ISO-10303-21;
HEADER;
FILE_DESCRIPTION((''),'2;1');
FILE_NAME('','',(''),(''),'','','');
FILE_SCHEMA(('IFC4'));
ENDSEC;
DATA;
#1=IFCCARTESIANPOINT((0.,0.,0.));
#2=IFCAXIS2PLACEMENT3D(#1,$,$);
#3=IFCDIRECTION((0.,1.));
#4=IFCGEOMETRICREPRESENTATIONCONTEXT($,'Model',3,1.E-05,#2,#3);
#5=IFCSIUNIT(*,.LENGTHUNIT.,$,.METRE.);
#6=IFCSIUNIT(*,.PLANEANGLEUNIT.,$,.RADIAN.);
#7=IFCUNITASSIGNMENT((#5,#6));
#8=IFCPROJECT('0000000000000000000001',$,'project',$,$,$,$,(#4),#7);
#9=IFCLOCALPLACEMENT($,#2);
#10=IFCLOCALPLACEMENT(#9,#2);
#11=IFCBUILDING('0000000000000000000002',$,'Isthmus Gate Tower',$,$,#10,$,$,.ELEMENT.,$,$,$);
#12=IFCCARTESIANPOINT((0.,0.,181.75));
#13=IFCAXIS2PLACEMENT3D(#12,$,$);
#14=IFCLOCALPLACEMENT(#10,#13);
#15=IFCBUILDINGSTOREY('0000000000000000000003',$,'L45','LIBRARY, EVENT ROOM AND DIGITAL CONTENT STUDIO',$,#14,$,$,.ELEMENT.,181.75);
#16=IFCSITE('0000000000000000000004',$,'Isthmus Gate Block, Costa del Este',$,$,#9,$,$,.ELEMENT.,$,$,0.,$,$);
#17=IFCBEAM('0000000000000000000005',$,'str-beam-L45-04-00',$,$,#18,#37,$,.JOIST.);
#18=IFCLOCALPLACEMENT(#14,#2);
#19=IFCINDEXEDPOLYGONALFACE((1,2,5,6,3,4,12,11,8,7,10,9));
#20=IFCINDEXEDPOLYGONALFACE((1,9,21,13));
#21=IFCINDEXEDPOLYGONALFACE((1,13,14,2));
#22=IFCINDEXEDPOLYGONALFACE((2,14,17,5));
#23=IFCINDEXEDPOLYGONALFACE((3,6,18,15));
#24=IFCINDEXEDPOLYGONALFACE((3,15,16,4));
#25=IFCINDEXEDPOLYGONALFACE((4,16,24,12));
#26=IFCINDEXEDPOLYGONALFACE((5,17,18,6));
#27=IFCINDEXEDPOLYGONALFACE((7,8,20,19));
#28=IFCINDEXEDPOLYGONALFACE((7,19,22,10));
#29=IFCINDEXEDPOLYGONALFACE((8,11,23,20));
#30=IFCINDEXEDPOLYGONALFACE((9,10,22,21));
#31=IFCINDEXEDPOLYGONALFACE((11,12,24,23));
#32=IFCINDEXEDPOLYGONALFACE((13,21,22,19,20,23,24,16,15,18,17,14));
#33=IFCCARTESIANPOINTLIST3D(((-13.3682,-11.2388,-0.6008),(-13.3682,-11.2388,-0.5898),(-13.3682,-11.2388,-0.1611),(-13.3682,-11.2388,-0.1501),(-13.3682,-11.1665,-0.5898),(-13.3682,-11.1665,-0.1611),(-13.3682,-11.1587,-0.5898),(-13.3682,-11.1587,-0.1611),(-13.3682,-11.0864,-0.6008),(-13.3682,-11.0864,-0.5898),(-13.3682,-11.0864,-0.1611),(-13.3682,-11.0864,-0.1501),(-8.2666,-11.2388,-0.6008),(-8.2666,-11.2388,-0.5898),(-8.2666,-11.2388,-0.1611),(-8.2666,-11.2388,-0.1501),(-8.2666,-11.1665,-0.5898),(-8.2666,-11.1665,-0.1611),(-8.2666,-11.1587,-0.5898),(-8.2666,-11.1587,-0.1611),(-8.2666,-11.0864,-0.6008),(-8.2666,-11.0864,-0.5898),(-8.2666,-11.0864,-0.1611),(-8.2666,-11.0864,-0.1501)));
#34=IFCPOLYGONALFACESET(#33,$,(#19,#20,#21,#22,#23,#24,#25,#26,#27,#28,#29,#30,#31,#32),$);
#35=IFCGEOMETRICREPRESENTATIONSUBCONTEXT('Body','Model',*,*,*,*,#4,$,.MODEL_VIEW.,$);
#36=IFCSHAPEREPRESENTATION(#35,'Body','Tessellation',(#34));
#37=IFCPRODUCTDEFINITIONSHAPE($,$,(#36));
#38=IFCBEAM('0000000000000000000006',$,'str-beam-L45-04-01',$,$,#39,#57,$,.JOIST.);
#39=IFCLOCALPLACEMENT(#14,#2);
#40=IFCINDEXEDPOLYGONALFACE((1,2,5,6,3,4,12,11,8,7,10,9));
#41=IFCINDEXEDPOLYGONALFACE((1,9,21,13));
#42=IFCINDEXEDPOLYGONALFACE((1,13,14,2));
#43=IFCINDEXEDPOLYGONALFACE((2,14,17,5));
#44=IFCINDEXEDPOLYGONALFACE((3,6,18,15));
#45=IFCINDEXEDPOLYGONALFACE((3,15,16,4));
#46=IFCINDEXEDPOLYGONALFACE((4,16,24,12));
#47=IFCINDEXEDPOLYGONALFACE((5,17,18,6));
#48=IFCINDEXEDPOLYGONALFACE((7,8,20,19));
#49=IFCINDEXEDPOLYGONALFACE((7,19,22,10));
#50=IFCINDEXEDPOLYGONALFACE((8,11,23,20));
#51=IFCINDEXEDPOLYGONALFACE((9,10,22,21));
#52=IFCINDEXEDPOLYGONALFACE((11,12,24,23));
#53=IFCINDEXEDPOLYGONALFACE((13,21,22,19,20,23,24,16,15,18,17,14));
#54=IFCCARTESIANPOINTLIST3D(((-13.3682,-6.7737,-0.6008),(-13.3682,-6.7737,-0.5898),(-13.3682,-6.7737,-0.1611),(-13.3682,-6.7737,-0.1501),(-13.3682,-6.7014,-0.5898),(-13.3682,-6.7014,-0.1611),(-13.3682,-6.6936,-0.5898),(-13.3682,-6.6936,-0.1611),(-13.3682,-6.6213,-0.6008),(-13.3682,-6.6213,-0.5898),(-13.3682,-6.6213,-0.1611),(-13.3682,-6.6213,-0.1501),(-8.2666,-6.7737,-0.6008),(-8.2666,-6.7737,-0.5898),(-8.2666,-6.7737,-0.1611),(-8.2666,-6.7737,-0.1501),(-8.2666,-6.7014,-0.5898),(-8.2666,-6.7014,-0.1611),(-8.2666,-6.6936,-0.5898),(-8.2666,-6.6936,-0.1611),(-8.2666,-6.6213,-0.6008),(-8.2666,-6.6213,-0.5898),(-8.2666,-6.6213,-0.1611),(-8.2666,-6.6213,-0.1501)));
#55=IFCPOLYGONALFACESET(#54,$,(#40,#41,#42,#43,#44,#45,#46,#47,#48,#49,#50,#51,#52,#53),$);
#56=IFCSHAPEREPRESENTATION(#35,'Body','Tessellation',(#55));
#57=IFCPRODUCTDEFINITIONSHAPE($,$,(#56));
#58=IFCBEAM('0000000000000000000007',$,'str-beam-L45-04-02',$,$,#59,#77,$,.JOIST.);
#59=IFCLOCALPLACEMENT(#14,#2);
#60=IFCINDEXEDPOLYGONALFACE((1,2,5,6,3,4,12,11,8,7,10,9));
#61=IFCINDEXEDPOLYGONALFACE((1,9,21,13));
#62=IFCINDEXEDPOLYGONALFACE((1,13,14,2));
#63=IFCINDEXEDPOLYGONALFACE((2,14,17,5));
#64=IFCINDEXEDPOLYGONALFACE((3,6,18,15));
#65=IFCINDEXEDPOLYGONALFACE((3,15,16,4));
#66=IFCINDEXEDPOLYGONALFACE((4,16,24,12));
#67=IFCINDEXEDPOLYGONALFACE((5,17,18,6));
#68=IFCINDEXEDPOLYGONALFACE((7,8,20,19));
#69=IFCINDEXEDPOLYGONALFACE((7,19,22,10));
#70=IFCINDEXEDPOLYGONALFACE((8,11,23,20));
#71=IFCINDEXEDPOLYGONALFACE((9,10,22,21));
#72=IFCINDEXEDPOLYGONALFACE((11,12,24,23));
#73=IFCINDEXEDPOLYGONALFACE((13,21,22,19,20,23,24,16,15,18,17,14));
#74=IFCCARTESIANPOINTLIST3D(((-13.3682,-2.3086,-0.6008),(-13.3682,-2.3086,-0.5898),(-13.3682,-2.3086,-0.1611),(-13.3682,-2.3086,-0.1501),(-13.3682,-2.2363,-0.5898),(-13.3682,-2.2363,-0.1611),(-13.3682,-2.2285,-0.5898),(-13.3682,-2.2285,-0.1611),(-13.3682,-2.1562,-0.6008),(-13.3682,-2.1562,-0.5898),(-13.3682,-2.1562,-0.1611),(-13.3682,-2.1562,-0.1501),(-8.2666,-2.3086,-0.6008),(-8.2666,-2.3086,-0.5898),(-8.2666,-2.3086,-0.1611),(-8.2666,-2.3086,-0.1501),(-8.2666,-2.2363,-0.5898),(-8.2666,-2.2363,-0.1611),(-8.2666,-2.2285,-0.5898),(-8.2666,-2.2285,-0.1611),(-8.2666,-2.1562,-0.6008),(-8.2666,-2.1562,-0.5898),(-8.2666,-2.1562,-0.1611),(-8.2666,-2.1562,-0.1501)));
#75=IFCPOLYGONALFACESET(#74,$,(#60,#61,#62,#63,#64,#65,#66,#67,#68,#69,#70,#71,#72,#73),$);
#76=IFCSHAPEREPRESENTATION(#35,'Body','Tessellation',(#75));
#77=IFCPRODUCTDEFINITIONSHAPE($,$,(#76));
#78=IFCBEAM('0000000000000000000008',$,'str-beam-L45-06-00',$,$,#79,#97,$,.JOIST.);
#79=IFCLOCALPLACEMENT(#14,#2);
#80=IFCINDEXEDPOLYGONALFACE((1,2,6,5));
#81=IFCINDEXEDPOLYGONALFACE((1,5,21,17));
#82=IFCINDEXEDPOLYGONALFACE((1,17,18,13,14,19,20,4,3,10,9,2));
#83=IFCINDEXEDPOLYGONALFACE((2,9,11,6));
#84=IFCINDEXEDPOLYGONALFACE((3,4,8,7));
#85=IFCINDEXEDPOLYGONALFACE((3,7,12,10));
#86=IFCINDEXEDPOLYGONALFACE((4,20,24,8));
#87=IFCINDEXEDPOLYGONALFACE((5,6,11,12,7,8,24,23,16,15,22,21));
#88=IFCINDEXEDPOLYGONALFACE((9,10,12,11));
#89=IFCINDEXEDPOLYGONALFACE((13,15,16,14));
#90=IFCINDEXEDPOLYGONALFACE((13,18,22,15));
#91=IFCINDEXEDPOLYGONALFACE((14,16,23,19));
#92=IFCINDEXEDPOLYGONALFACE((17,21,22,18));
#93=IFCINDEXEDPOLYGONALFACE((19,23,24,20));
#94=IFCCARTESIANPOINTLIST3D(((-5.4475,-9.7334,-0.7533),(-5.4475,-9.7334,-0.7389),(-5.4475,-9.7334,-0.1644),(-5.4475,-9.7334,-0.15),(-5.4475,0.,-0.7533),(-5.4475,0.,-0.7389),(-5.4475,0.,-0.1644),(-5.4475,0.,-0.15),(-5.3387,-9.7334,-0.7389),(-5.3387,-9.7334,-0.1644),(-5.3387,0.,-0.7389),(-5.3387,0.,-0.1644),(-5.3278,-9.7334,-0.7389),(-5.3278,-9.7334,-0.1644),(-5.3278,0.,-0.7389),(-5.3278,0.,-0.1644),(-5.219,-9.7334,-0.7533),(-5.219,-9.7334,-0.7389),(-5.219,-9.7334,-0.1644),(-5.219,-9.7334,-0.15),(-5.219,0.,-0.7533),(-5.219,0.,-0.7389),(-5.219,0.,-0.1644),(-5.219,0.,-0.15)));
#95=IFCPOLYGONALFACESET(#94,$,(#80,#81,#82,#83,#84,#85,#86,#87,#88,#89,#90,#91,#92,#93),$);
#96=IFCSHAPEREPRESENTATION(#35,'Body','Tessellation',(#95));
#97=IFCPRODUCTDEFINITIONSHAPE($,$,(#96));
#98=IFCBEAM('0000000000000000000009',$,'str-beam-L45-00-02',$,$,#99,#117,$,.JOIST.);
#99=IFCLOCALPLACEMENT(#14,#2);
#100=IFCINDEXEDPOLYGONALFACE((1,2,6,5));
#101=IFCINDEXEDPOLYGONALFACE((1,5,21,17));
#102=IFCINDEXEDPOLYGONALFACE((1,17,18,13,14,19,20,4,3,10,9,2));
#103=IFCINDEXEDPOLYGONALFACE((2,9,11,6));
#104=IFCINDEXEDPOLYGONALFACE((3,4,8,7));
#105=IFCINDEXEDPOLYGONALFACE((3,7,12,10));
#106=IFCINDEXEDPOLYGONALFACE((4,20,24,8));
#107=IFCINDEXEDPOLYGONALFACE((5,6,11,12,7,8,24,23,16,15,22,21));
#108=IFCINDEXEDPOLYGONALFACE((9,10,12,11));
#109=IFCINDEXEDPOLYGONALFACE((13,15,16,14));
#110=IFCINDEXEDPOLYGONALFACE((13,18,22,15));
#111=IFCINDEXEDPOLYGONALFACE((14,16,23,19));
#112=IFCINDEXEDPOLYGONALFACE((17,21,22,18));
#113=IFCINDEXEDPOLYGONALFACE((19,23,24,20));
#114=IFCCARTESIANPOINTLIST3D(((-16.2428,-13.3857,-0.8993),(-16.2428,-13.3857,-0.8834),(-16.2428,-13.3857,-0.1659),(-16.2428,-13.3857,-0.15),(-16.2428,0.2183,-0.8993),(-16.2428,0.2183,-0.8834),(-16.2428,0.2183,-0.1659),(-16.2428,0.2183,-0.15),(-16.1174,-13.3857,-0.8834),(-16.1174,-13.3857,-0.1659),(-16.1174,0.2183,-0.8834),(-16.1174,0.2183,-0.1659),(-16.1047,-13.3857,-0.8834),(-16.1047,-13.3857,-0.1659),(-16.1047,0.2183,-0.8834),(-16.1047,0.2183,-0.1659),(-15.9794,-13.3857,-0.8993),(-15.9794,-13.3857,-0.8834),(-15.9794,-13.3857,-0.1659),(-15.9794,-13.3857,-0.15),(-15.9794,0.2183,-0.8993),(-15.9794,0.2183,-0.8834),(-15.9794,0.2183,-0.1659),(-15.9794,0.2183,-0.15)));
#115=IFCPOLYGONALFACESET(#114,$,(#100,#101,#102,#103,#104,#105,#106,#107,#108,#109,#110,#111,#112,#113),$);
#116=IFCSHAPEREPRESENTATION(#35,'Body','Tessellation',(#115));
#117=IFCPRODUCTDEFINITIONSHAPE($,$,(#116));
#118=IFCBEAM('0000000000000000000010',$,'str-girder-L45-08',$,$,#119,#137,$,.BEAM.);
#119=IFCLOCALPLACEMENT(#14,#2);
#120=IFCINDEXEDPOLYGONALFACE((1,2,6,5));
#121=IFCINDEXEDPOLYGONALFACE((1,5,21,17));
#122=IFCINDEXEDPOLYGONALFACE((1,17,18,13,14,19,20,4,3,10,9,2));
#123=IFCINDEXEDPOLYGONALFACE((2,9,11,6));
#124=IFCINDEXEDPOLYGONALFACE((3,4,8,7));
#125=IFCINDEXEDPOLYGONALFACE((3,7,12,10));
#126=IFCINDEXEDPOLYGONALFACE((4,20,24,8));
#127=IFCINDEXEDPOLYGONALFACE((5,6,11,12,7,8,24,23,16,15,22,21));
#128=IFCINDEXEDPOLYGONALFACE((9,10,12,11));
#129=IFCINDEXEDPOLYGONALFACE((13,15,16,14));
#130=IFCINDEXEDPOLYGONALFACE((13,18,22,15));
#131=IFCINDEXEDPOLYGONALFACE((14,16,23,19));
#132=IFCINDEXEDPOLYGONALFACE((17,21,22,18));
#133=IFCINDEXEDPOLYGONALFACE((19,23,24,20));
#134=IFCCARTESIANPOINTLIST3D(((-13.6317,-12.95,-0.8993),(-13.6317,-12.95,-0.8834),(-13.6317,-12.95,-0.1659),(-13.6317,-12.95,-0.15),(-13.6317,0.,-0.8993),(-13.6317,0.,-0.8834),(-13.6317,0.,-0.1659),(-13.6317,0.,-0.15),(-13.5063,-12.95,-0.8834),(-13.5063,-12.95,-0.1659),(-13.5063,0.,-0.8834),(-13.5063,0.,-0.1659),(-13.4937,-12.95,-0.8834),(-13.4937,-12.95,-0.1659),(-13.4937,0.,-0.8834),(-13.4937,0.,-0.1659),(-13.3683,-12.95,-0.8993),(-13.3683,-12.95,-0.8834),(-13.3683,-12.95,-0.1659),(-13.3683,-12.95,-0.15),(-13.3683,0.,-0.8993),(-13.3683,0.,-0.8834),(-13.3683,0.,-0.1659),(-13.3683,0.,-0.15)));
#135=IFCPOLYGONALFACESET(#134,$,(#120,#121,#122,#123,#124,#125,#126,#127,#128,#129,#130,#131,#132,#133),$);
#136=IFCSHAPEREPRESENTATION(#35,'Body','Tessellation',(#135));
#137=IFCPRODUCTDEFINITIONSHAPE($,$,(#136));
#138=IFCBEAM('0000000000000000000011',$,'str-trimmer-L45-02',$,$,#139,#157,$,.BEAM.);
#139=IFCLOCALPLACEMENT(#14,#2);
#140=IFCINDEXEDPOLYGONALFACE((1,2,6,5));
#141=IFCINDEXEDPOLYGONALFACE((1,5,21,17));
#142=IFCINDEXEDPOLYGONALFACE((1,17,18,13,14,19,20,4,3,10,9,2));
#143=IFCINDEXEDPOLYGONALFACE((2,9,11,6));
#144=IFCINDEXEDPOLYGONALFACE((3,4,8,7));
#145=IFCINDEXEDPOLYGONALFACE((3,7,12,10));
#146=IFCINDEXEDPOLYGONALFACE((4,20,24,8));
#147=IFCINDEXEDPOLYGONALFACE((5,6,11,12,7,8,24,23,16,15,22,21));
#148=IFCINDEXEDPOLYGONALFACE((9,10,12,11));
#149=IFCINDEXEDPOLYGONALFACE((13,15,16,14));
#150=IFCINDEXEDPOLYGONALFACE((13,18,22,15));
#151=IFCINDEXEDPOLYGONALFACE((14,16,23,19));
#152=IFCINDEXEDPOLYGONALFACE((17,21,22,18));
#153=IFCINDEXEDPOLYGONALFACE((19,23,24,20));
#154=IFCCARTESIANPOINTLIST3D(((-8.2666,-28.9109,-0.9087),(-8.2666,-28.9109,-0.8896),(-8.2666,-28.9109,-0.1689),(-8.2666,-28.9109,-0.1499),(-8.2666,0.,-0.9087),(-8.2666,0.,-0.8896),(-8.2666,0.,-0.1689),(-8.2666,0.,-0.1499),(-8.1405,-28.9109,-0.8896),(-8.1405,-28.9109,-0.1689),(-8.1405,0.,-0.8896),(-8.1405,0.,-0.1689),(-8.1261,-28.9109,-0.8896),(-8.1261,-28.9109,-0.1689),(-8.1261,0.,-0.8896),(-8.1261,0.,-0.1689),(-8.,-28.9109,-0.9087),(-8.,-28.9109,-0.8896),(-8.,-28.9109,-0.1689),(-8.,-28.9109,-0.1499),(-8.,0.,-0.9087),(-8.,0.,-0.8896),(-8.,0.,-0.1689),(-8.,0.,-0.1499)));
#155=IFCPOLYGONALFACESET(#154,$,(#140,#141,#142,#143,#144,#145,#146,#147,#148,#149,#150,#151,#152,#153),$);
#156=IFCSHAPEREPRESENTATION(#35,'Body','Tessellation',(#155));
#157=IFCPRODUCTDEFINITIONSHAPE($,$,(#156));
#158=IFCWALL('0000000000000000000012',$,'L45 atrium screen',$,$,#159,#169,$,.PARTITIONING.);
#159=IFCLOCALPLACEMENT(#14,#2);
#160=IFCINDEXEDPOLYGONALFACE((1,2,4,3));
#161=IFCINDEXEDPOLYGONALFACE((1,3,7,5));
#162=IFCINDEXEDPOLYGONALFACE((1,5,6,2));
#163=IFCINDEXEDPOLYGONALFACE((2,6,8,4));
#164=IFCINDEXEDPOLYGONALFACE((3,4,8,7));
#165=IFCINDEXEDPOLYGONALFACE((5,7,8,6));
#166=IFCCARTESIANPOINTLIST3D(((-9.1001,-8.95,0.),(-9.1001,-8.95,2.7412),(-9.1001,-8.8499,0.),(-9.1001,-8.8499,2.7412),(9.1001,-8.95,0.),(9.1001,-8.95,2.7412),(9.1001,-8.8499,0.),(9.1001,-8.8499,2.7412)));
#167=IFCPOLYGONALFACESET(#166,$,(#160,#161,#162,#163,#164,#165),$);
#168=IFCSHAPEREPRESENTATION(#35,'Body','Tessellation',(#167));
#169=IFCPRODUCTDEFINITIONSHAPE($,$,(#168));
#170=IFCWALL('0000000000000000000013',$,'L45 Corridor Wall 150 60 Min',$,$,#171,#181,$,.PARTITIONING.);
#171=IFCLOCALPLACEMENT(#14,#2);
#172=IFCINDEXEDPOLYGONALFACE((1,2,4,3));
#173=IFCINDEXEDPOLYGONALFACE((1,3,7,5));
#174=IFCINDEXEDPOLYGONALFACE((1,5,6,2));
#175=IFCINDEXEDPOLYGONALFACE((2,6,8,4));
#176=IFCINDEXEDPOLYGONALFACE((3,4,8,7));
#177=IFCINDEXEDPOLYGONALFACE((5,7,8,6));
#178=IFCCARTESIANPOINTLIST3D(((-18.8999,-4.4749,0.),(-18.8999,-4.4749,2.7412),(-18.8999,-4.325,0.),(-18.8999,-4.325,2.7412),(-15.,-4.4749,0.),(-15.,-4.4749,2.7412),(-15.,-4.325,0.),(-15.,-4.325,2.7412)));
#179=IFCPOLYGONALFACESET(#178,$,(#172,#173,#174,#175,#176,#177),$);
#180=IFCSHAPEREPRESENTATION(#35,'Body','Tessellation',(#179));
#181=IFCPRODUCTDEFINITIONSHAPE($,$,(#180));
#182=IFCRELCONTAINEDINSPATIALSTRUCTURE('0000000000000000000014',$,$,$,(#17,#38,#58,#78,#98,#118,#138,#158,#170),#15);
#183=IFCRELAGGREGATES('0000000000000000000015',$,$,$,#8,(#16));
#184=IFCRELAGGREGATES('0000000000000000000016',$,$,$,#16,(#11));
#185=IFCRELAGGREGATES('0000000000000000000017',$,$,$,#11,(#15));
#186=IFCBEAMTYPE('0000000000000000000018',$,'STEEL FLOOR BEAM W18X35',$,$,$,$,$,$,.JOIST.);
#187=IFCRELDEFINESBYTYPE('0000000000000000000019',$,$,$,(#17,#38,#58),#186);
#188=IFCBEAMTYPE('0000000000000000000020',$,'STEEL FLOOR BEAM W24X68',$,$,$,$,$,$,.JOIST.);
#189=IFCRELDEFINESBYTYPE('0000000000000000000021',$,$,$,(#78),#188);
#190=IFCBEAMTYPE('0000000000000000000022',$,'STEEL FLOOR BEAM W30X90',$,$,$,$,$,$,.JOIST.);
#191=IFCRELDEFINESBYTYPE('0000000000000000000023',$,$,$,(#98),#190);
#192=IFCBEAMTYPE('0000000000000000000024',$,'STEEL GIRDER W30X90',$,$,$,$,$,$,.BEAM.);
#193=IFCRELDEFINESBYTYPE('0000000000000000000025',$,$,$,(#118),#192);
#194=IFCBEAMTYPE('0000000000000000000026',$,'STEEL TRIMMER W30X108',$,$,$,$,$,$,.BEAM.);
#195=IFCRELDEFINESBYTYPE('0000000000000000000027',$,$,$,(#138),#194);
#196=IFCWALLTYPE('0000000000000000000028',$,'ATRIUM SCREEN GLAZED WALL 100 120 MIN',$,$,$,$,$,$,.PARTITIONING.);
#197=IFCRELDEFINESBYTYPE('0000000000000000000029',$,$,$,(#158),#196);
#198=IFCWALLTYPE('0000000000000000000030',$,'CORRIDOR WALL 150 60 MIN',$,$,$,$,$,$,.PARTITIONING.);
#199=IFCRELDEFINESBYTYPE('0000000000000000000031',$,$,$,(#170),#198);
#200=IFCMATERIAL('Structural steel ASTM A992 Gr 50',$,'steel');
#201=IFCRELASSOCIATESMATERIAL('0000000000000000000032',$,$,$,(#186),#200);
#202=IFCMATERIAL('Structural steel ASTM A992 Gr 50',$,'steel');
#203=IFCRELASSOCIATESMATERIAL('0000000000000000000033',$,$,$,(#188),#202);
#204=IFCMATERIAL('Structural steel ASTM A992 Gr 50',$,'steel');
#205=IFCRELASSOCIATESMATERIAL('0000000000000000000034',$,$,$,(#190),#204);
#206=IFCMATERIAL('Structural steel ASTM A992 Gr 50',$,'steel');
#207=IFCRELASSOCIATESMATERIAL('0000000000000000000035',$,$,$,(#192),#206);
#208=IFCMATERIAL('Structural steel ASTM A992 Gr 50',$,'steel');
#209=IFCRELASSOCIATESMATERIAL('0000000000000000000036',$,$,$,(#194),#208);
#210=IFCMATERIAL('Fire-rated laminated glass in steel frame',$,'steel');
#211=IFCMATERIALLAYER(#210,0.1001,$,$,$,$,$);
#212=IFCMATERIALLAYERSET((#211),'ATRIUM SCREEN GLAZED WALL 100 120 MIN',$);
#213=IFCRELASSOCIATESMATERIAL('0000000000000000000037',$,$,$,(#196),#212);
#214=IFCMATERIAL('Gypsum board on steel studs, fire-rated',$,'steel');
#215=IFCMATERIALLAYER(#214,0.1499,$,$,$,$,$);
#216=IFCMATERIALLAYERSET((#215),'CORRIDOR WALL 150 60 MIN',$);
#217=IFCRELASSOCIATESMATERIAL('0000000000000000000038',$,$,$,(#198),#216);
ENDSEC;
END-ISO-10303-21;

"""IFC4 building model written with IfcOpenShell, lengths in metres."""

from ifc_helpers import new_model, si_unit, direction, frame, frame_2d, origin, origin_2d, place, context, subcontext, project, spatial, rectangle, i_section, extrude, material, layer, layer_set, material_profile, profile_set, type_object, element, save


model = new_model("IFC4")

# Units and contexts
model_context = context("Model", 3, precision=1e-05, world=origin(), true_north=direction((0.0, 1.0)))
body_context = subcontext(model_context, "Body", "Model", "MODEL_VIEW")
ifc_project = project(units=[si_unit("LENGTHUNIT", "METRE"), si_unit("PLANEANGLEUNIT", "RADIAN")], contexts=[model_context])

# Site, building, storey
site_placement = place(None, origin())
site = spatial("IfcSite", under=ifc_project, at=site_placement, Name="Isthmus Gate Block, Costa del Este", CompositionType="ELEMENT", RefElevation=0.0)
building_placement = place(site_placement, origin())
building = spatial("IfcBuilding", under=site, at=building_placement, Name="Isthmus Gate Tower", CompositionType="ELEMENT")
storey_placement = place(building_placement, frame((0.0, 0.0, 181.75)))
storey = spatial("IfcBuildingStorey", under=building, at=storey_placement, Name="L45", Description="LIBRARY, EVENT ROOM AND DIGITAL CONTENT STUDIO", CompositionType="ELEMENT", Elevation=181.75)

# Beams
ifc_material_1 = material(Name="Structural steel ASTM A992 Gr 50", Category="steel")
ifc_material_profile_1 = material_profile(ifc_material_1, i_section(OverallWidth=0.1523, OverallDepth=0.4507, WebThickness=0.0078, FlangeThickness=0.011, at=origin_2d()), Name="W18X35")
ifc_profile_set_1 = profile_set([ifc_material_profile_1], Name="Structural steel ASTM A992 Gr 50")
beam_type_1 = type_object("IfcBeamType", Name="STEEL FLOOR BEAM W18X35", PredefinedType="JOIST", material=ifc_profile_set_1)
for number, where, z_axis, x_axis, name in (
    (1, (-13.3682, -11.1626, -0.3755), (1.0, 0.0, 0.0), (0.0, 1.0, 0.0), "str-beam-L45-04-00"),
    (2, (-13.3682, -6.6975, -0.3755), (1.0, 0.0, 0.0), (0.0, 1.0, 0.0), "str-beam-L45-04-01"),
    (3, (-13.3682, -2.2324, -0.3755), (1.0, 0.0, 0.0), (0.0, 1.0, 0.0), "str-beam-L45-04-02"),
):
    element("IfcBeam", number, at=place(storey_placement, frame(where, z_axis=z_axis, x_axis=x_axis)), inside=storey, type_object=beam_type_1, Name=name, PredefinedType="JOIST", context=body_context, shape_type="SweptSolid", body=[
        extrude(i_section(OverallWidth=0.1523, OverallDepth=0.4507, WebThickness=0.0078, FlangeThickness=0.011, at=origin_2d()), origin(), (0.0, 0.0, 1.0), 5.1016),
    ])
ifc_material_2 = material(Name="Structural steel ASTM A992 Gr 50", Category="steel")
ifc_material_profile_2 = material_profile(ifc_material_2, i_section(OverallWidth=0.2285, OverallDepth=0.6033, WebThickness=0.011, FlangeThickness=0.0144, at=origin_2d()), Name="W24X68")
ifc_profile_set_2 = profile_set([ifc_material_profile_2], Name="Structural steel ASTM A992 Gr 50")
beam_type_2 = type_object("IfcBeamType", Name="STEEL FLOOR BEAM W24X68", PredefinedType="JOIST", material=ifc_profile_set_2)
beam_1_placement = place(storey_placement, frame((-5.3333, -9.7334, -0.4517), z_axis=(0.0, 1.0, 0.0), x_axis=(-1.0, 0.0, 0.0)))
element("IfcBeam", 4, at=beam_1_placement, inside=storey, type_object=beam_type_2, Name="str-beam-L45-06-00", PredefinedType="JOIST", context=body_context, shape_type="SweptSolid", body=[
    extrude(i_section(OverallWidth=0.2285, OverallDepth=0.6033, WebThickness=0.011, FlangeThickness=0.0144, at=origin_2d()), origin(), (0.0, 0.0, 1.0), 9.7334),
])
ifc_material_3 = material(Name="Structural steel ASTM A992 Gr 50", Category="steel")
ifc_material_profile_3 = material_profile(ifc_material_3, i_section(OverallWidth=0.2634, OverallDepth=0.7493, WebThickness=0.0127, FlangeThickness=0.0159, at=origin_2d()), Name="W30X90")
ifc_profile_set_3 = profile_set([ifc_material_profile_3], Name="Structural steel ASTM A992 Gr 50")
beam_type_3 = type_object("IfcBeamType", Name="STEEL FLOOR BEAM W30X90", PredefinedType="JOIST", material=ifc_profile_set_3)
beam_2_placement = place(storey_placement, frame((-16.1111, -13.3857, -0.5247), z_axis=(0.0, 1.0, 0.0), x_axis=(-1.0, 0.0, 0.0)))
element("IfcBeam", 5, at=beam_2_placement, inside=storey, type_object=beam_type_3, Name="str-beam-L45-00-02", PredefinedType="JOIST", context=body_context, shape_type="SweptSolid", body=[
    extrude(i_section(OverallWidth=0.2634, OverallDepth=0.7493, WebThickness=0.0127, FlangeThickness=0.0159, at=origin_2d()), origin(), (0.0, 0.0, 1.0), 13.604),
])
ifc_material_4 = material(Name="Structural steel ASTM A992 Gr 50", Category="steel")
ifc_material_profile_4 = material_profile(ifc_material_4, i_section(OverallWidth=0.2634, OverallDepth=0.7493, WebThickness=0.0127, FlangeThickness=0.0159, at=origin_2d()), Name="W30X90")
ifc_profile_set_4 = profile_set([ifc_material_profile_4], Name="Structural steel ASTM A992 Gr 50")
beam_type_4 = type_object("IfcBeamType", Name="STEEL GIRDER W30X90", PredefinedType="BEAM", material=ifc_profile_set_4)
beam_3_placement = place(storey_placement, frame((-13.5, -12.95, -0.5247), z_axis=(0.0, 1.0, 0.0), x_axis=(-1.0, 0.0, 0.0)))
element("IfcBeam", 6, at=beam_3_placement, inside=storey, type_object=beam_type_4, Name="str-girder-L45-08", PredefinedType="BEAM", context=body_context, shape_type="SweptSolid", body=[
    extrude(i_section(OverallWidth=0.2634, OverallDepth=0.7493, WebThickness=0.0127, FlangeThickness=0.0159, at=origin_2d()), origin(), (0.0, 0.0, 1.0), 12.95),
])
ifc_material_5 = material(Name="Structural steel ASTM A992 Gr 50", Category="steel")
ifc_material_profile_5 = material_profile(ifc_material_5, i_section(OverallWidth=0.2666, OverallDepth=0.7588, WebThickness=0.0144, FlangeThickness=0.019, at=origin_2d()), Name="W30X108")
ifc_profile_set_5 = profile_set([ifc_material_profile_5], Name="Structural steel ASTM A992 Gr 50")
beam_type_5 = type_object("IfcBeamType", Name="STEEL TRIMMER W30X108", PredefinedType="BEAM", material=ifc_profile_set_5)
beam_4_placement = place(storey_placement, frame((-8.1333, 0.0, -0.5293), z_axis=(0.0, -1.0, 0.0), x_axis=(1.0, 0.0, 0.0)))
element("IfcBeam", 7, at=beam_4_placement, inside=storey, type_object=beam_type_5, Name="str-trimmer-L45-02", PredefinedType="BEAM", context=body_context, shape_type="SweptSolid", body=[
    extrude(i_section(OverallWidth=0.2666, OverallDepth=0.7588, WebThickness=0.0144, FlangeThickness=0.019, at=origin_2d()), origin(), (0.0, 0.0, 1.0), 28.9109),
])

# Walls
ifc_material_6 = material(Name="Fire-rated laminated glass in steel frame", Category="steel")
ifc_layer_1 = layer(ifc_material_6, 0.1001)
ifc_layer_set_1 = layer_set([ifc_layer_1], Name="ATRIUM SCREEN GLAZED WALL 100 120 MIN")
wall_type_1 = type_object("IfcWallType", Name="ATRIUM SCREEN GLAZED WALL 100 120 MIN", PredefinedType="PARTITIONING", material=ifc_layer_set_1)
wall_1_placement = place(storey_placement, frame((-9.1001, -8.8999, 0.0), z_axis=(0.0, 0.0, 1.0), x_axis=(1.0, 0.0, 0.0)))
element("IfcWall", 8, at=wall_1_placement, inside=storey, type_object=wall_type_1, Name="L45 atrium screen", PredefinedType="PARTITIONING", context=body_context, shape_type="SweptSolid", body=[
    extrude(rectangle(XDim=18.2002, YDim=0.1001, at=frame_2d((9.1001, 0.0))), origin(), (0.0, 0.0, 1.0), 2.7412),
])
ifc_material_7 = material(Name="Gypsum board on steel studs, fire-rated", Category="steel")
ifc_layer_2 = layer(ifc_material_7, 0.1499)
ifc_layer_set_2 = layer_set([ifc_layer_2], Name="CORRIDOR WALL 150 60 MIN")
wall_type_2 = type_object("IfcWallType", Name="CORRIDOR WALL 150 60 MIN", PredefinedType="PARTITIONING", material=ifc_layer_set_2)
wall_2_placement = place(storey_placement, frame((-15.0, -4.3999, 0.0), z_axis=(0.0, 0.0, 1.0), x_axis=(-1.0, 0.0, 0.0)))
element("IfcWall", 9, at=wall_2_placement, inside=storey, type_object=wall_type_2, Name="L45 Corridor Wall 150 60 Min", PredefinedType="PARTITIONING", context=body_context, shape_type="SweptSolid", body=[
    extrude(rectangle(XDim=3.8999, YDim=0.1499, at=frame_2d((1.95, 0.0))), origin(), (0.0, 0.0, 1.0), 2.7412),
])

save(model, "model.ifc")
